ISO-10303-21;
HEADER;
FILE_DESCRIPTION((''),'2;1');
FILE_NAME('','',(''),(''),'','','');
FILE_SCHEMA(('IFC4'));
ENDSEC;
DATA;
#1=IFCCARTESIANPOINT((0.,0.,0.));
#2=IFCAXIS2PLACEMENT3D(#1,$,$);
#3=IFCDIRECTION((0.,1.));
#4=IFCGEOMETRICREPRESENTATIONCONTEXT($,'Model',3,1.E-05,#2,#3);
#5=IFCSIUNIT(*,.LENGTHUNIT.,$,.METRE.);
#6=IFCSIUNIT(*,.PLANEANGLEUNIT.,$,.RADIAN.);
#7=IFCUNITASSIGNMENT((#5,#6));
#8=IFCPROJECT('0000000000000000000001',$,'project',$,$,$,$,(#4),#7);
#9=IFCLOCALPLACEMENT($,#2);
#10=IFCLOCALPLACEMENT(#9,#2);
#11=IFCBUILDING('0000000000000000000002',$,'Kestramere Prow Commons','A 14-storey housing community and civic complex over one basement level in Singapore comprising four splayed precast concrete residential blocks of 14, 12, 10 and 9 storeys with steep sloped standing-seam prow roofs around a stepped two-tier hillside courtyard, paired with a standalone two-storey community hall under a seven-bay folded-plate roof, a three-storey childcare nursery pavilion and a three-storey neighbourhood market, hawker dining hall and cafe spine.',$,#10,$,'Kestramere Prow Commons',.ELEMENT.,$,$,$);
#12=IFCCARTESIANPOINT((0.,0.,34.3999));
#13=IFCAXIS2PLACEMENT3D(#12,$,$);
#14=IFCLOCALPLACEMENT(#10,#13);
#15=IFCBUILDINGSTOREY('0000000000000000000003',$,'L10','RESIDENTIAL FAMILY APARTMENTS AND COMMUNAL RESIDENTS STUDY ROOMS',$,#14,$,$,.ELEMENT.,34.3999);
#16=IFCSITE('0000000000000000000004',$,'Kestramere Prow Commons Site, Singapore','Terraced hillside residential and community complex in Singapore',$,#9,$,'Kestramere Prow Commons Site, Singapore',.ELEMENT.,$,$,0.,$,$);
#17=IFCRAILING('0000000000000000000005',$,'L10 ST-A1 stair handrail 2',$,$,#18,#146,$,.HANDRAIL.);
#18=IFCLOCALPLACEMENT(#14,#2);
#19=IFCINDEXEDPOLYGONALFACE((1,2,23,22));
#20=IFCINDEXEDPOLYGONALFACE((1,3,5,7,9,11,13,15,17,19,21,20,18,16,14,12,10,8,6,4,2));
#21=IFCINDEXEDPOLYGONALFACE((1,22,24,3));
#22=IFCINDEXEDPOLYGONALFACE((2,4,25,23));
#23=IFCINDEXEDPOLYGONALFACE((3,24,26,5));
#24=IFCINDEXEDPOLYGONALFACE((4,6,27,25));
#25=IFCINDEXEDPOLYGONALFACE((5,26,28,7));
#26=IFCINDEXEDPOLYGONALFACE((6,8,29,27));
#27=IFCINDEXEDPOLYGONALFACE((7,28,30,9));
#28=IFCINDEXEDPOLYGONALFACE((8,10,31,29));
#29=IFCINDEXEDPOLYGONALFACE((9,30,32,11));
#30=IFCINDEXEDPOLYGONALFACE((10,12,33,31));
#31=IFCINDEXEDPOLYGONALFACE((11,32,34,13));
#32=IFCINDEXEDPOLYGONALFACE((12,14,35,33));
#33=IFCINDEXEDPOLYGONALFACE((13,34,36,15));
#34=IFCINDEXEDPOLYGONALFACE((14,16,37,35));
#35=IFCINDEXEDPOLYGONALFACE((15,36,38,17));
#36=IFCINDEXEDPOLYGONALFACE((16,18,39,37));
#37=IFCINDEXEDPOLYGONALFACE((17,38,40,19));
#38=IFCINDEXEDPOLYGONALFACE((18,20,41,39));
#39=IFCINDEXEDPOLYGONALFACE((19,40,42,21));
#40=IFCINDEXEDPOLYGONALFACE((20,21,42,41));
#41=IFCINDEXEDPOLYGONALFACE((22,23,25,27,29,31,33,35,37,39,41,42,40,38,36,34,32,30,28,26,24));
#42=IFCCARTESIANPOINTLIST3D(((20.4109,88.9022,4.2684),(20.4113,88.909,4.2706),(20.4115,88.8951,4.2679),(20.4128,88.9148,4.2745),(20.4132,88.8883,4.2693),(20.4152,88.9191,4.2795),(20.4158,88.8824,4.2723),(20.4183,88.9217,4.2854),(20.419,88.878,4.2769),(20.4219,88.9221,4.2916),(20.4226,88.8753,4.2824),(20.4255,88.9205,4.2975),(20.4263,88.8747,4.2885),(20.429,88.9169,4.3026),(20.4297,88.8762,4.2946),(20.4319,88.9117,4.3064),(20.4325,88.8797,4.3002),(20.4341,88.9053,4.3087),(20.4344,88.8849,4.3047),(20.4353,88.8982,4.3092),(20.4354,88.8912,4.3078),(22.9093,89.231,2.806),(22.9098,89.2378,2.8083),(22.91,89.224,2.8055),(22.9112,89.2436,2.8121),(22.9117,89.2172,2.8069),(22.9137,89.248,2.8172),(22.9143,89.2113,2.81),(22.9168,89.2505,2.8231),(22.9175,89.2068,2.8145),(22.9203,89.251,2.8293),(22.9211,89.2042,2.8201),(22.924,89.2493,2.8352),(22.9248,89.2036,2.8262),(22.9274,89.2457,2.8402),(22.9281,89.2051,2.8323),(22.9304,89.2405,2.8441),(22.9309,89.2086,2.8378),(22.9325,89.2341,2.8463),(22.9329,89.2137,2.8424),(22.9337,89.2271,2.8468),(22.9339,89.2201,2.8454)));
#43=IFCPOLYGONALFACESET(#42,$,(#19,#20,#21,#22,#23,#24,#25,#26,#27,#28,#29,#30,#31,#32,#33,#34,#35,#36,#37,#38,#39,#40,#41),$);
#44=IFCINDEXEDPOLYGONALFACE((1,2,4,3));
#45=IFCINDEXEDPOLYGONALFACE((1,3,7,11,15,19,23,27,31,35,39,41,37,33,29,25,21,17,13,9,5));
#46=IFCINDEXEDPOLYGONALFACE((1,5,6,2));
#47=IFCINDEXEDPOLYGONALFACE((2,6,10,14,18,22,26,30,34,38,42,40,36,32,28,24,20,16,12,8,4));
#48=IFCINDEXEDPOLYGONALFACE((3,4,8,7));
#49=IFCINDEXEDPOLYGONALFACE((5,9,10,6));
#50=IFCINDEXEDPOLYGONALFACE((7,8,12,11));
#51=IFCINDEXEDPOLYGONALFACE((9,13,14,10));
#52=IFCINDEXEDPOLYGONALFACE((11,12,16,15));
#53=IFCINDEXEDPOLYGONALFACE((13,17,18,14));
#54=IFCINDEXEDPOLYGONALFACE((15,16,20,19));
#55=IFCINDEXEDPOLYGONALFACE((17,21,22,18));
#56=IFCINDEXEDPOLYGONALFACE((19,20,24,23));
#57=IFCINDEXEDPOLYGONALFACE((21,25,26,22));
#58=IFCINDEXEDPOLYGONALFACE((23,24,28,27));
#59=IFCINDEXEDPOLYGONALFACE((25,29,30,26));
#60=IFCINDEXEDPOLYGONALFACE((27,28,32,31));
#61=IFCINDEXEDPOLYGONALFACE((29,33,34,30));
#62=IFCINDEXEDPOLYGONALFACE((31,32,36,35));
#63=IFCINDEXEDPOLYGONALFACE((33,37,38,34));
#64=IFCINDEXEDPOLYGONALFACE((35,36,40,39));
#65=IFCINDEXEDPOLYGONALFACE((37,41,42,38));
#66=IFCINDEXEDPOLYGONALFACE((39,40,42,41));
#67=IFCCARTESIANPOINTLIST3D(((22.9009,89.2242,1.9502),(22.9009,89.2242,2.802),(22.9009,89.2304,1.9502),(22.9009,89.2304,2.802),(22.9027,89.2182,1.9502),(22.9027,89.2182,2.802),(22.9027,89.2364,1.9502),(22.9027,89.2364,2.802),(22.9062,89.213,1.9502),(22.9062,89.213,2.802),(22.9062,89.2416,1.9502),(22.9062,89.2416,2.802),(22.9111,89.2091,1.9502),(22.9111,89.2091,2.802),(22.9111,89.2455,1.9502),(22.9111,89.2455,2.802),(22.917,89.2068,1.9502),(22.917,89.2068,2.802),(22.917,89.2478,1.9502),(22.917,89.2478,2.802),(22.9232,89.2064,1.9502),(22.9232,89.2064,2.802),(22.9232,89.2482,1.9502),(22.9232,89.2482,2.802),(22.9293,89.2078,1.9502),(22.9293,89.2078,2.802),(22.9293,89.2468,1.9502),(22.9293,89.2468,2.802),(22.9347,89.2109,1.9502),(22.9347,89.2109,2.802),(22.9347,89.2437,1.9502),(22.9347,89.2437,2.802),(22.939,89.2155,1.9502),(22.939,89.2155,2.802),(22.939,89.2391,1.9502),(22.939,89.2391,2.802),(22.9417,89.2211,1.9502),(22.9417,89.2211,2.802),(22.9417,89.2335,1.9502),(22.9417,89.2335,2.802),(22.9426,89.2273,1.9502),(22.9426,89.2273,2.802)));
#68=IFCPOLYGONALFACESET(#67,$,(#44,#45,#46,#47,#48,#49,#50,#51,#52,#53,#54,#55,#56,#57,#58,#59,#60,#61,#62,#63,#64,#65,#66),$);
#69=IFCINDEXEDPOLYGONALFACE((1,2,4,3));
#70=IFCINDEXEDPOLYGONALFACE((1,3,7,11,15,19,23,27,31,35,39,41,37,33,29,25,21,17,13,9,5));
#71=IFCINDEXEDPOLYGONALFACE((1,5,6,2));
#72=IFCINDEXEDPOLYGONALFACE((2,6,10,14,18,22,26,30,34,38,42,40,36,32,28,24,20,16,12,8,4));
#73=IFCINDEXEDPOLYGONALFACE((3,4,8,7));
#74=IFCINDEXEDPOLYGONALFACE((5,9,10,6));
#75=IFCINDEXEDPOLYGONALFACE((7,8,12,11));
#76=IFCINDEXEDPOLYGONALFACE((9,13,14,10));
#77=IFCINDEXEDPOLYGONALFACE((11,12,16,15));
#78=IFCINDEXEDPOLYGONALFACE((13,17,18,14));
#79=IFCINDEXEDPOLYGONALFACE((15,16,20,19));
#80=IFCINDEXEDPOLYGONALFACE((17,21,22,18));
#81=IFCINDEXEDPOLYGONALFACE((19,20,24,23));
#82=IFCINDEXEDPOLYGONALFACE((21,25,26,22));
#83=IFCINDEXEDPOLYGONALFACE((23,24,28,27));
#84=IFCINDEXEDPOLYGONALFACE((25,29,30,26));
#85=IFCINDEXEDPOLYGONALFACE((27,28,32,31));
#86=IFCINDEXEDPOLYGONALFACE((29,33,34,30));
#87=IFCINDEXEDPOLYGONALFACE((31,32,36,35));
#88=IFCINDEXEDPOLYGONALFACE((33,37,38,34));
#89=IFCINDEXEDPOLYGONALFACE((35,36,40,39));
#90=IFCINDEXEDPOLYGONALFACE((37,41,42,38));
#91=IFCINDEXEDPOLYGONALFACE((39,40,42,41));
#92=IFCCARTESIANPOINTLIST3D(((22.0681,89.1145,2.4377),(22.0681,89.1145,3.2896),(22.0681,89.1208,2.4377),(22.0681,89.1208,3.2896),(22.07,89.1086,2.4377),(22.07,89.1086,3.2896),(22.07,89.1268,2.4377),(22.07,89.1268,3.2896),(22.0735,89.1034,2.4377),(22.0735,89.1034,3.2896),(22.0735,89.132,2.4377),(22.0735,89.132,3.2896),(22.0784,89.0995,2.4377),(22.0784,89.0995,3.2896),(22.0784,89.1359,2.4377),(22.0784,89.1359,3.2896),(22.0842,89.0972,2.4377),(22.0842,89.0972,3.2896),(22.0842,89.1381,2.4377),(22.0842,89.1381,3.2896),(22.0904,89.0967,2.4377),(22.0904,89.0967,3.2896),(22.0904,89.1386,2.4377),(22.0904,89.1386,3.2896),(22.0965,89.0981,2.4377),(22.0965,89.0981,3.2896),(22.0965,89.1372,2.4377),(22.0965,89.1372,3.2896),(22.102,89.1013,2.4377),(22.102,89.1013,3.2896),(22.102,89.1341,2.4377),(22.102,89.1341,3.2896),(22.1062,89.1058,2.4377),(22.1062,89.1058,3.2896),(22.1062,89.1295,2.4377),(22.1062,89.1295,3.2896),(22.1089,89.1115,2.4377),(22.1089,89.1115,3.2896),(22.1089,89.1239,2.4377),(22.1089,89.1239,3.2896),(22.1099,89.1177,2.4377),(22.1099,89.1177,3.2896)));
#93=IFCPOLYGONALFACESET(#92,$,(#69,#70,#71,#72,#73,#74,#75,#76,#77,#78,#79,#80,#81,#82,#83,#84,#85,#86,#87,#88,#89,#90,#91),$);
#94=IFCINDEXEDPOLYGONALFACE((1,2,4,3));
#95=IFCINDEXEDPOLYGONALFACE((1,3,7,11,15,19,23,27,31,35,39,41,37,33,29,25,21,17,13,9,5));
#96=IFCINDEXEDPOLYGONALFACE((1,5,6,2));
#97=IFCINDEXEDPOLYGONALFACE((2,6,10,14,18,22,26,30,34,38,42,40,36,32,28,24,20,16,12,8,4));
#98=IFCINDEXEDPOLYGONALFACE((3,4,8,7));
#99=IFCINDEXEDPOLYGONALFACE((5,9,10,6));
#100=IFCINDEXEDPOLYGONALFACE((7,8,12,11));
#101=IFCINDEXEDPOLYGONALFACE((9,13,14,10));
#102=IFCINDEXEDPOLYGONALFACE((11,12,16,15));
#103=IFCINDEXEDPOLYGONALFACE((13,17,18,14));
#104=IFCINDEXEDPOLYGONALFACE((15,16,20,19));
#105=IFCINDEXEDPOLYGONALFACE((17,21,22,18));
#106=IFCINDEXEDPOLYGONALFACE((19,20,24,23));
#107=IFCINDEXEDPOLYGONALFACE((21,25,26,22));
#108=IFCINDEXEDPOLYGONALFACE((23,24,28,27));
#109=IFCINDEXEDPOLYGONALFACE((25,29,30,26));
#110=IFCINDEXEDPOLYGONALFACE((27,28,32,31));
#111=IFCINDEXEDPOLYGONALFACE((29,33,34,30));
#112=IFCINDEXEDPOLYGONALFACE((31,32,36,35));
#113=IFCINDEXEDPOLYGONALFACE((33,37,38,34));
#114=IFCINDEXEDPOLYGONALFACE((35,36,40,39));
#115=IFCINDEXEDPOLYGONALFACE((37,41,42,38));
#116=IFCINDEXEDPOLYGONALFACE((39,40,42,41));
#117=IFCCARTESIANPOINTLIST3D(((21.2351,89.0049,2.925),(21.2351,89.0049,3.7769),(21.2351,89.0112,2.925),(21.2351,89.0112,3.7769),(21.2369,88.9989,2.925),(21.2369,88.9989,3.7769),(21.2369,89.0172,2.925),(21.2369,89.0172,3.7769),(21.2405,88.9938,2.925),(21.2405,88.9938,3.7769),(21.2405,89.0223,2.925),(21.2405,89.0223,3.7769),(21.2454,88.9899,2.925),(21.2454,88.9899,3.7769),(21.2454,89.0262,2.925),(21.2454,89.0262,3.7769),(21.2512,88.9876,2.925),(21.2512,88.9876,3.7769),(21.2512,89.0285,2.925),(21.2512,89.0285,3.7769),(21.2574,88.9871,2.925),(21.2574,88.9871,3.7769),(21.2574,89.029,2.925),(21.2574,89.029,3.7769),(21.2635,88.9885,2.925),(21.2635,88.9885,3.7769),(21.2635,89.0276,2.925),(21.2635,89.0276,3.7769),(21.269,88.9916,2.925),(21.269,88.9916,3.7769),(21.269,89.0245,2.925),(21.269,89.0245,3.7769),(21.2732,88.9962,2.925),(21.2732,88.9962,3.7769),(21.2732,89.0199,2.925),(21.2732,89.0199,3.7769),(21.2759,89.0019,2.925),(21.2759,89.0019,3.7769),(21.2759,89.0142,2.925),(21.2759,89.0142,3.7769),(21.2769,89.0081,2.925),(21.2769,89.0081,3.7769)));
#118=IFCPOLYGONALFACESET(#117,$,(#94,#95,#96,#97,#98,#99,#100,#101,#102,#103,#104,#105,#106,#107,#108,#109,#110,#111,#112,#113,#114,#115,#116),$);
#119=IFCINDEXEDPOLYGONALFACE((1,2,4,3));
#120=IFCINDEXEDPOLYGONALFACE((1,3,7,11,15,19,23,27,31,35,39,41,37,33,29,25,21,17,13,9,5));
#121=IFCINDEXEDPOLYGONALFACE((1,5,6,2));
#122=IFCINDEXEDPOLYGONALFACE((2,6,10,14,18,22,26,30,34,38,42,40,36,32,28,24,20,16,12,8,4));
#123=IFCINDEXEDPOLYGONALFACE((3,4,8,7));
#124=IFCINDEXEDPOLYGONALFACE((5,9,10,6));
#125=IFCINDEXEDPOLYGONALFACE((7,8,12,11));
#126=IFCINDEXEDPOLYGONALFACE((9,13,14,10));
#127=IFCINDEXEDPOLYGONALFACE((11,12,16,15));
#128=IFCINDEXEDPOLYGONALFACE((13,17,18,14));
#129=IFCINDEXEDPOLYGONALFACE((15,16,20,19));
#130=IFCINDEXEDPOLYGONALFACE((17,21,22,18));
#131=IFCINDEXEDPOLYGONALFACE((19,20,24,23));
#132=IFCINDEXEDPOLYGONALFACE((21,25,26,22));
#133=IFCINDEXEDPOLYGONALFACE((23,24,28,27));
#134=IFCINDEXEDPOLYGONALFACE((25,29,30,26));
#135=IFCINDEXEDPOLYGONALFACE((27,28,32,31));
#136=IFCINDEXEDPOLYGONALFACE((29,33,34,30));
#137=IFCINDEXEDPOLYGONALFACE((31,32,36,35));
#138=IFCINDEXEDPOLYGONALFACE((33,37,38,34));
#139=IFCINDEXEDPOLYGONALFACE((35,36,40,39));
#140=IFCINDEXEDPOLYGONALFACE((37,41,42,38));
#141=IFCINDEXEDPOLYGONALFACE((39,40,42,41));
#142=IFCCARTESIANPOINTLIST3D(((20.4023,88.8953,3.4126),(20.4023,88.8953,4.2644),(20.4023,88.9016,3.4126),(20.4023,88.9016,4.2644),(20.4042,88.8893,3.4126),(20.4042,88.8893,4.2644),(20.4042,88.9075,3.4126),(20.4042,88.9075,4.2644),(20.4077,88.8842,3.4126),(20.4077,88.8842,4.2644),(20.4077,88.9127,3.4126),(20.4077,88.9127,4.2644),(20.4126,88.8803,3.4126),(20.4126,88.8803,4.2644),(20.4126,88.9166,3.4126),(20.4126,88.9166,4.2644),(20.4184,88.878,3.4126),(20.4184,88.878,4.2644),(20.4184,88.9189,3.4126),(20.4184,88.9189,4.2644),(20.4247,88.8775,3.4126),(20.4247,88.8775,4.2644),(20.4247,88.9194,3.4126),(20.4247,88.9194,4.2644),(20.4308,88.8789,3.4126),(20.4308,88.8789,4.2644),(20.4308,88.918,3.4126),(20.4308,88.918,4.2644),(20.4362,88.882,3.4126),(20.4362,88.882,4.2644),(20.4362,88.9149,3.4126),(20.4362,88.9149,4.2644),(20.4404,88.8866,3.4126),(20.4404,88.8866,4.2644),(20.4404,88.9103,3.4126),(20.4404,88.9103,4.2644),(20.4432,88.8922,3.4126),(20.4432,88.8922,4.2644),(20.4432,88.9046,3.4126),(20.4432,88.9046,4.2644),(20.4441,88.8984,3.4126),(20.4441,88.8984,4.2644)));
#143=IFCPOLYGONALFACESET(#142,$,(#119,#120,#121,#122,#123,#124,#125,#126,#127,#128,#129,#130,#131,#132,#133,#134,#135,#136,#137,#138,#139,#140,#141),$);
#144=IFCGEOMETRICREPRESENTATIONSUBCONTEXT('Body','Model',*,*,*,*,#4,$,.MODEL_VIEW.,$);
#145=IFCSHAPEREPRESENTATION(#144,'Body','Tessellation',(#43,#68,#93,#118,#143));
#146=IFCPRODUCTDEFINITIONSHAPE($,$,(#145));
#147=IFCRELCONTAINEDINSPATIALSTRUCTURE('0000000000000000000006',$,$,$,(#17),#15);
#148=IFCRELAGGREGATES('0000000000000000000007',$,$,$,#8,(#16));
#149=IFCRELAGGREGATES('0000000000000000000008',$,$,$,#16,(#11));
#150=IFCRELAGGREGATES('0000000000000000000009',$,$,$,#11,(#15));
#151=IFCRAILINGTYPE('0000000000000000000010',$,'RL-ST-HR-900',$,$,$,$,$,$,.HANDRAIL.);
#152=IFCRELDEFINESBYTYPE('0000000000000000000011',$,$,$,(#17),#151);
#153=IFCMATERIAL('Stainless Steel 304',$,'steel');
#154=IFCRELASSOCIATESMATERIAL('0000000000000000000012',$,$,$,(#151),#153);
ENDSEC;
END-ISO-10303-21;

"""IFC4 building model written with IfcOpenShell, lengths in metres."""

from ifc_helpers import new_model, si_unit, direction, frame, origin, origin_2d, place, context, subcontext, project, spatial, circle, extrude, material, type_object, element, save


model = new_model("IFC4")

# Units and contexts
model_context = context("Model", 3, precision=1e-05, world=origin(), true_north=direction((0.0, 1.0)))
body_context = subcontext(model_context, "Body", "Model", "MODEL_VIEW")
ifc_project = project(units=[si_unit("LENGTHUNIT", "METRE"), si_unit("PLANEANGLEUNIT", "RADIAN")], contexts=[model_context])

# Site, building, storey
site_placement = place(None, origin())
site = spatial("IfcSite", under=ifc_project, at=site_placement, Name="Kestramere Prow Commons Site, Singapore", Description="Terraced hillside residential and community complex in Singapore", LongName="Kestramere Prow Commons Site, Singapore", CompositionType="ELEMENT", RefElevation=0.0)
building_placement = place(site_placement, origin())
building = spatial("IfcBuilding", under=site, at=building_placement, Name="Kestramere Prow Commons", Description="A 14-storey housing community and civic complex over one basement level in Singapore comprising four splayed precast concrete residential blocks of 14, 12, 10 and 9 storeys with steep sloped standing-seam prow roofs around a stepped two-tier hillside courtyard, paired with a standalone two-storey community hall under a seven-bay folded-plate roof, a three-storey childcare nursery pavilion and a three-storey neighbourhood market, hawker dining hall and cafe spine.", LongName="Kestramere Prow Commons", CompositionType="ELEMENT")
storey_placement = place(building_placement, frame((0.0, 0.0, 34.3999)))
storey = spatial("IfcBuildingStorey", under=building, at=storey_placement, Name="L10", Description="RESIDENTIAL FAMILY APARTMENTS AND COMMUNAL RESIDENTS STUDY ROOMS", CompositionType="ELEMENT", Elevation=34.3999)

# Railing
ifc_material_1 = material(Name="Stainless Steel 304", Category="steel")
railing_type_1 = type_object("IfcRailingType", Name="RL-ST-HR-900", PredefinedType="HANDRAIL", material=ifc_material_1)
railing_1_placement = place(storey_placement, frame((22.9216, 89.2273, 1.9502)))
element("IfcRailing", 1, at=railing_1_placement, inside=storey, type_object=railing_type_1, Name="L10 ST-A1 stair handrail 2", PredefinedType="HANDRAIL", context=body_context, shape_type="SweptSolid", body=[
    extrude(circle(Radius=0.0239, at=origin_2d()), frame((0.0, 0.0, 0.876), z_axis=(-0.857523, -0.112867, 0.501912), x_axis=(0.130495, -0.991449, 0.0)), (0.0, 0.0, 1.0), 2.9136),
    extrude(circle(Radius=0.021, at=origin_2d()), origin(), (0.0, 0.0, 1.0), 0.8518),
    extrude(circle(Radius=0.021, at=origin_2d()), frame((-0.8328, -0.1096, 0.4875)), (0.0, 0.0, 1.0), 0.8518),
    extrude(circle(Radius=0.021, at=origin_2d()), frame((-1.6658, -0.2192, 0.9749)), (0.0, 0.0, 1.0), 0.8518),
    extrude(circle(Radius=0.021, at=origin_2d()), frame((-2.4985, -0.3289, 1.4624)), (0.0, 0.0, 1.0), 0.8518),
])

save(model, "model.ifc")
